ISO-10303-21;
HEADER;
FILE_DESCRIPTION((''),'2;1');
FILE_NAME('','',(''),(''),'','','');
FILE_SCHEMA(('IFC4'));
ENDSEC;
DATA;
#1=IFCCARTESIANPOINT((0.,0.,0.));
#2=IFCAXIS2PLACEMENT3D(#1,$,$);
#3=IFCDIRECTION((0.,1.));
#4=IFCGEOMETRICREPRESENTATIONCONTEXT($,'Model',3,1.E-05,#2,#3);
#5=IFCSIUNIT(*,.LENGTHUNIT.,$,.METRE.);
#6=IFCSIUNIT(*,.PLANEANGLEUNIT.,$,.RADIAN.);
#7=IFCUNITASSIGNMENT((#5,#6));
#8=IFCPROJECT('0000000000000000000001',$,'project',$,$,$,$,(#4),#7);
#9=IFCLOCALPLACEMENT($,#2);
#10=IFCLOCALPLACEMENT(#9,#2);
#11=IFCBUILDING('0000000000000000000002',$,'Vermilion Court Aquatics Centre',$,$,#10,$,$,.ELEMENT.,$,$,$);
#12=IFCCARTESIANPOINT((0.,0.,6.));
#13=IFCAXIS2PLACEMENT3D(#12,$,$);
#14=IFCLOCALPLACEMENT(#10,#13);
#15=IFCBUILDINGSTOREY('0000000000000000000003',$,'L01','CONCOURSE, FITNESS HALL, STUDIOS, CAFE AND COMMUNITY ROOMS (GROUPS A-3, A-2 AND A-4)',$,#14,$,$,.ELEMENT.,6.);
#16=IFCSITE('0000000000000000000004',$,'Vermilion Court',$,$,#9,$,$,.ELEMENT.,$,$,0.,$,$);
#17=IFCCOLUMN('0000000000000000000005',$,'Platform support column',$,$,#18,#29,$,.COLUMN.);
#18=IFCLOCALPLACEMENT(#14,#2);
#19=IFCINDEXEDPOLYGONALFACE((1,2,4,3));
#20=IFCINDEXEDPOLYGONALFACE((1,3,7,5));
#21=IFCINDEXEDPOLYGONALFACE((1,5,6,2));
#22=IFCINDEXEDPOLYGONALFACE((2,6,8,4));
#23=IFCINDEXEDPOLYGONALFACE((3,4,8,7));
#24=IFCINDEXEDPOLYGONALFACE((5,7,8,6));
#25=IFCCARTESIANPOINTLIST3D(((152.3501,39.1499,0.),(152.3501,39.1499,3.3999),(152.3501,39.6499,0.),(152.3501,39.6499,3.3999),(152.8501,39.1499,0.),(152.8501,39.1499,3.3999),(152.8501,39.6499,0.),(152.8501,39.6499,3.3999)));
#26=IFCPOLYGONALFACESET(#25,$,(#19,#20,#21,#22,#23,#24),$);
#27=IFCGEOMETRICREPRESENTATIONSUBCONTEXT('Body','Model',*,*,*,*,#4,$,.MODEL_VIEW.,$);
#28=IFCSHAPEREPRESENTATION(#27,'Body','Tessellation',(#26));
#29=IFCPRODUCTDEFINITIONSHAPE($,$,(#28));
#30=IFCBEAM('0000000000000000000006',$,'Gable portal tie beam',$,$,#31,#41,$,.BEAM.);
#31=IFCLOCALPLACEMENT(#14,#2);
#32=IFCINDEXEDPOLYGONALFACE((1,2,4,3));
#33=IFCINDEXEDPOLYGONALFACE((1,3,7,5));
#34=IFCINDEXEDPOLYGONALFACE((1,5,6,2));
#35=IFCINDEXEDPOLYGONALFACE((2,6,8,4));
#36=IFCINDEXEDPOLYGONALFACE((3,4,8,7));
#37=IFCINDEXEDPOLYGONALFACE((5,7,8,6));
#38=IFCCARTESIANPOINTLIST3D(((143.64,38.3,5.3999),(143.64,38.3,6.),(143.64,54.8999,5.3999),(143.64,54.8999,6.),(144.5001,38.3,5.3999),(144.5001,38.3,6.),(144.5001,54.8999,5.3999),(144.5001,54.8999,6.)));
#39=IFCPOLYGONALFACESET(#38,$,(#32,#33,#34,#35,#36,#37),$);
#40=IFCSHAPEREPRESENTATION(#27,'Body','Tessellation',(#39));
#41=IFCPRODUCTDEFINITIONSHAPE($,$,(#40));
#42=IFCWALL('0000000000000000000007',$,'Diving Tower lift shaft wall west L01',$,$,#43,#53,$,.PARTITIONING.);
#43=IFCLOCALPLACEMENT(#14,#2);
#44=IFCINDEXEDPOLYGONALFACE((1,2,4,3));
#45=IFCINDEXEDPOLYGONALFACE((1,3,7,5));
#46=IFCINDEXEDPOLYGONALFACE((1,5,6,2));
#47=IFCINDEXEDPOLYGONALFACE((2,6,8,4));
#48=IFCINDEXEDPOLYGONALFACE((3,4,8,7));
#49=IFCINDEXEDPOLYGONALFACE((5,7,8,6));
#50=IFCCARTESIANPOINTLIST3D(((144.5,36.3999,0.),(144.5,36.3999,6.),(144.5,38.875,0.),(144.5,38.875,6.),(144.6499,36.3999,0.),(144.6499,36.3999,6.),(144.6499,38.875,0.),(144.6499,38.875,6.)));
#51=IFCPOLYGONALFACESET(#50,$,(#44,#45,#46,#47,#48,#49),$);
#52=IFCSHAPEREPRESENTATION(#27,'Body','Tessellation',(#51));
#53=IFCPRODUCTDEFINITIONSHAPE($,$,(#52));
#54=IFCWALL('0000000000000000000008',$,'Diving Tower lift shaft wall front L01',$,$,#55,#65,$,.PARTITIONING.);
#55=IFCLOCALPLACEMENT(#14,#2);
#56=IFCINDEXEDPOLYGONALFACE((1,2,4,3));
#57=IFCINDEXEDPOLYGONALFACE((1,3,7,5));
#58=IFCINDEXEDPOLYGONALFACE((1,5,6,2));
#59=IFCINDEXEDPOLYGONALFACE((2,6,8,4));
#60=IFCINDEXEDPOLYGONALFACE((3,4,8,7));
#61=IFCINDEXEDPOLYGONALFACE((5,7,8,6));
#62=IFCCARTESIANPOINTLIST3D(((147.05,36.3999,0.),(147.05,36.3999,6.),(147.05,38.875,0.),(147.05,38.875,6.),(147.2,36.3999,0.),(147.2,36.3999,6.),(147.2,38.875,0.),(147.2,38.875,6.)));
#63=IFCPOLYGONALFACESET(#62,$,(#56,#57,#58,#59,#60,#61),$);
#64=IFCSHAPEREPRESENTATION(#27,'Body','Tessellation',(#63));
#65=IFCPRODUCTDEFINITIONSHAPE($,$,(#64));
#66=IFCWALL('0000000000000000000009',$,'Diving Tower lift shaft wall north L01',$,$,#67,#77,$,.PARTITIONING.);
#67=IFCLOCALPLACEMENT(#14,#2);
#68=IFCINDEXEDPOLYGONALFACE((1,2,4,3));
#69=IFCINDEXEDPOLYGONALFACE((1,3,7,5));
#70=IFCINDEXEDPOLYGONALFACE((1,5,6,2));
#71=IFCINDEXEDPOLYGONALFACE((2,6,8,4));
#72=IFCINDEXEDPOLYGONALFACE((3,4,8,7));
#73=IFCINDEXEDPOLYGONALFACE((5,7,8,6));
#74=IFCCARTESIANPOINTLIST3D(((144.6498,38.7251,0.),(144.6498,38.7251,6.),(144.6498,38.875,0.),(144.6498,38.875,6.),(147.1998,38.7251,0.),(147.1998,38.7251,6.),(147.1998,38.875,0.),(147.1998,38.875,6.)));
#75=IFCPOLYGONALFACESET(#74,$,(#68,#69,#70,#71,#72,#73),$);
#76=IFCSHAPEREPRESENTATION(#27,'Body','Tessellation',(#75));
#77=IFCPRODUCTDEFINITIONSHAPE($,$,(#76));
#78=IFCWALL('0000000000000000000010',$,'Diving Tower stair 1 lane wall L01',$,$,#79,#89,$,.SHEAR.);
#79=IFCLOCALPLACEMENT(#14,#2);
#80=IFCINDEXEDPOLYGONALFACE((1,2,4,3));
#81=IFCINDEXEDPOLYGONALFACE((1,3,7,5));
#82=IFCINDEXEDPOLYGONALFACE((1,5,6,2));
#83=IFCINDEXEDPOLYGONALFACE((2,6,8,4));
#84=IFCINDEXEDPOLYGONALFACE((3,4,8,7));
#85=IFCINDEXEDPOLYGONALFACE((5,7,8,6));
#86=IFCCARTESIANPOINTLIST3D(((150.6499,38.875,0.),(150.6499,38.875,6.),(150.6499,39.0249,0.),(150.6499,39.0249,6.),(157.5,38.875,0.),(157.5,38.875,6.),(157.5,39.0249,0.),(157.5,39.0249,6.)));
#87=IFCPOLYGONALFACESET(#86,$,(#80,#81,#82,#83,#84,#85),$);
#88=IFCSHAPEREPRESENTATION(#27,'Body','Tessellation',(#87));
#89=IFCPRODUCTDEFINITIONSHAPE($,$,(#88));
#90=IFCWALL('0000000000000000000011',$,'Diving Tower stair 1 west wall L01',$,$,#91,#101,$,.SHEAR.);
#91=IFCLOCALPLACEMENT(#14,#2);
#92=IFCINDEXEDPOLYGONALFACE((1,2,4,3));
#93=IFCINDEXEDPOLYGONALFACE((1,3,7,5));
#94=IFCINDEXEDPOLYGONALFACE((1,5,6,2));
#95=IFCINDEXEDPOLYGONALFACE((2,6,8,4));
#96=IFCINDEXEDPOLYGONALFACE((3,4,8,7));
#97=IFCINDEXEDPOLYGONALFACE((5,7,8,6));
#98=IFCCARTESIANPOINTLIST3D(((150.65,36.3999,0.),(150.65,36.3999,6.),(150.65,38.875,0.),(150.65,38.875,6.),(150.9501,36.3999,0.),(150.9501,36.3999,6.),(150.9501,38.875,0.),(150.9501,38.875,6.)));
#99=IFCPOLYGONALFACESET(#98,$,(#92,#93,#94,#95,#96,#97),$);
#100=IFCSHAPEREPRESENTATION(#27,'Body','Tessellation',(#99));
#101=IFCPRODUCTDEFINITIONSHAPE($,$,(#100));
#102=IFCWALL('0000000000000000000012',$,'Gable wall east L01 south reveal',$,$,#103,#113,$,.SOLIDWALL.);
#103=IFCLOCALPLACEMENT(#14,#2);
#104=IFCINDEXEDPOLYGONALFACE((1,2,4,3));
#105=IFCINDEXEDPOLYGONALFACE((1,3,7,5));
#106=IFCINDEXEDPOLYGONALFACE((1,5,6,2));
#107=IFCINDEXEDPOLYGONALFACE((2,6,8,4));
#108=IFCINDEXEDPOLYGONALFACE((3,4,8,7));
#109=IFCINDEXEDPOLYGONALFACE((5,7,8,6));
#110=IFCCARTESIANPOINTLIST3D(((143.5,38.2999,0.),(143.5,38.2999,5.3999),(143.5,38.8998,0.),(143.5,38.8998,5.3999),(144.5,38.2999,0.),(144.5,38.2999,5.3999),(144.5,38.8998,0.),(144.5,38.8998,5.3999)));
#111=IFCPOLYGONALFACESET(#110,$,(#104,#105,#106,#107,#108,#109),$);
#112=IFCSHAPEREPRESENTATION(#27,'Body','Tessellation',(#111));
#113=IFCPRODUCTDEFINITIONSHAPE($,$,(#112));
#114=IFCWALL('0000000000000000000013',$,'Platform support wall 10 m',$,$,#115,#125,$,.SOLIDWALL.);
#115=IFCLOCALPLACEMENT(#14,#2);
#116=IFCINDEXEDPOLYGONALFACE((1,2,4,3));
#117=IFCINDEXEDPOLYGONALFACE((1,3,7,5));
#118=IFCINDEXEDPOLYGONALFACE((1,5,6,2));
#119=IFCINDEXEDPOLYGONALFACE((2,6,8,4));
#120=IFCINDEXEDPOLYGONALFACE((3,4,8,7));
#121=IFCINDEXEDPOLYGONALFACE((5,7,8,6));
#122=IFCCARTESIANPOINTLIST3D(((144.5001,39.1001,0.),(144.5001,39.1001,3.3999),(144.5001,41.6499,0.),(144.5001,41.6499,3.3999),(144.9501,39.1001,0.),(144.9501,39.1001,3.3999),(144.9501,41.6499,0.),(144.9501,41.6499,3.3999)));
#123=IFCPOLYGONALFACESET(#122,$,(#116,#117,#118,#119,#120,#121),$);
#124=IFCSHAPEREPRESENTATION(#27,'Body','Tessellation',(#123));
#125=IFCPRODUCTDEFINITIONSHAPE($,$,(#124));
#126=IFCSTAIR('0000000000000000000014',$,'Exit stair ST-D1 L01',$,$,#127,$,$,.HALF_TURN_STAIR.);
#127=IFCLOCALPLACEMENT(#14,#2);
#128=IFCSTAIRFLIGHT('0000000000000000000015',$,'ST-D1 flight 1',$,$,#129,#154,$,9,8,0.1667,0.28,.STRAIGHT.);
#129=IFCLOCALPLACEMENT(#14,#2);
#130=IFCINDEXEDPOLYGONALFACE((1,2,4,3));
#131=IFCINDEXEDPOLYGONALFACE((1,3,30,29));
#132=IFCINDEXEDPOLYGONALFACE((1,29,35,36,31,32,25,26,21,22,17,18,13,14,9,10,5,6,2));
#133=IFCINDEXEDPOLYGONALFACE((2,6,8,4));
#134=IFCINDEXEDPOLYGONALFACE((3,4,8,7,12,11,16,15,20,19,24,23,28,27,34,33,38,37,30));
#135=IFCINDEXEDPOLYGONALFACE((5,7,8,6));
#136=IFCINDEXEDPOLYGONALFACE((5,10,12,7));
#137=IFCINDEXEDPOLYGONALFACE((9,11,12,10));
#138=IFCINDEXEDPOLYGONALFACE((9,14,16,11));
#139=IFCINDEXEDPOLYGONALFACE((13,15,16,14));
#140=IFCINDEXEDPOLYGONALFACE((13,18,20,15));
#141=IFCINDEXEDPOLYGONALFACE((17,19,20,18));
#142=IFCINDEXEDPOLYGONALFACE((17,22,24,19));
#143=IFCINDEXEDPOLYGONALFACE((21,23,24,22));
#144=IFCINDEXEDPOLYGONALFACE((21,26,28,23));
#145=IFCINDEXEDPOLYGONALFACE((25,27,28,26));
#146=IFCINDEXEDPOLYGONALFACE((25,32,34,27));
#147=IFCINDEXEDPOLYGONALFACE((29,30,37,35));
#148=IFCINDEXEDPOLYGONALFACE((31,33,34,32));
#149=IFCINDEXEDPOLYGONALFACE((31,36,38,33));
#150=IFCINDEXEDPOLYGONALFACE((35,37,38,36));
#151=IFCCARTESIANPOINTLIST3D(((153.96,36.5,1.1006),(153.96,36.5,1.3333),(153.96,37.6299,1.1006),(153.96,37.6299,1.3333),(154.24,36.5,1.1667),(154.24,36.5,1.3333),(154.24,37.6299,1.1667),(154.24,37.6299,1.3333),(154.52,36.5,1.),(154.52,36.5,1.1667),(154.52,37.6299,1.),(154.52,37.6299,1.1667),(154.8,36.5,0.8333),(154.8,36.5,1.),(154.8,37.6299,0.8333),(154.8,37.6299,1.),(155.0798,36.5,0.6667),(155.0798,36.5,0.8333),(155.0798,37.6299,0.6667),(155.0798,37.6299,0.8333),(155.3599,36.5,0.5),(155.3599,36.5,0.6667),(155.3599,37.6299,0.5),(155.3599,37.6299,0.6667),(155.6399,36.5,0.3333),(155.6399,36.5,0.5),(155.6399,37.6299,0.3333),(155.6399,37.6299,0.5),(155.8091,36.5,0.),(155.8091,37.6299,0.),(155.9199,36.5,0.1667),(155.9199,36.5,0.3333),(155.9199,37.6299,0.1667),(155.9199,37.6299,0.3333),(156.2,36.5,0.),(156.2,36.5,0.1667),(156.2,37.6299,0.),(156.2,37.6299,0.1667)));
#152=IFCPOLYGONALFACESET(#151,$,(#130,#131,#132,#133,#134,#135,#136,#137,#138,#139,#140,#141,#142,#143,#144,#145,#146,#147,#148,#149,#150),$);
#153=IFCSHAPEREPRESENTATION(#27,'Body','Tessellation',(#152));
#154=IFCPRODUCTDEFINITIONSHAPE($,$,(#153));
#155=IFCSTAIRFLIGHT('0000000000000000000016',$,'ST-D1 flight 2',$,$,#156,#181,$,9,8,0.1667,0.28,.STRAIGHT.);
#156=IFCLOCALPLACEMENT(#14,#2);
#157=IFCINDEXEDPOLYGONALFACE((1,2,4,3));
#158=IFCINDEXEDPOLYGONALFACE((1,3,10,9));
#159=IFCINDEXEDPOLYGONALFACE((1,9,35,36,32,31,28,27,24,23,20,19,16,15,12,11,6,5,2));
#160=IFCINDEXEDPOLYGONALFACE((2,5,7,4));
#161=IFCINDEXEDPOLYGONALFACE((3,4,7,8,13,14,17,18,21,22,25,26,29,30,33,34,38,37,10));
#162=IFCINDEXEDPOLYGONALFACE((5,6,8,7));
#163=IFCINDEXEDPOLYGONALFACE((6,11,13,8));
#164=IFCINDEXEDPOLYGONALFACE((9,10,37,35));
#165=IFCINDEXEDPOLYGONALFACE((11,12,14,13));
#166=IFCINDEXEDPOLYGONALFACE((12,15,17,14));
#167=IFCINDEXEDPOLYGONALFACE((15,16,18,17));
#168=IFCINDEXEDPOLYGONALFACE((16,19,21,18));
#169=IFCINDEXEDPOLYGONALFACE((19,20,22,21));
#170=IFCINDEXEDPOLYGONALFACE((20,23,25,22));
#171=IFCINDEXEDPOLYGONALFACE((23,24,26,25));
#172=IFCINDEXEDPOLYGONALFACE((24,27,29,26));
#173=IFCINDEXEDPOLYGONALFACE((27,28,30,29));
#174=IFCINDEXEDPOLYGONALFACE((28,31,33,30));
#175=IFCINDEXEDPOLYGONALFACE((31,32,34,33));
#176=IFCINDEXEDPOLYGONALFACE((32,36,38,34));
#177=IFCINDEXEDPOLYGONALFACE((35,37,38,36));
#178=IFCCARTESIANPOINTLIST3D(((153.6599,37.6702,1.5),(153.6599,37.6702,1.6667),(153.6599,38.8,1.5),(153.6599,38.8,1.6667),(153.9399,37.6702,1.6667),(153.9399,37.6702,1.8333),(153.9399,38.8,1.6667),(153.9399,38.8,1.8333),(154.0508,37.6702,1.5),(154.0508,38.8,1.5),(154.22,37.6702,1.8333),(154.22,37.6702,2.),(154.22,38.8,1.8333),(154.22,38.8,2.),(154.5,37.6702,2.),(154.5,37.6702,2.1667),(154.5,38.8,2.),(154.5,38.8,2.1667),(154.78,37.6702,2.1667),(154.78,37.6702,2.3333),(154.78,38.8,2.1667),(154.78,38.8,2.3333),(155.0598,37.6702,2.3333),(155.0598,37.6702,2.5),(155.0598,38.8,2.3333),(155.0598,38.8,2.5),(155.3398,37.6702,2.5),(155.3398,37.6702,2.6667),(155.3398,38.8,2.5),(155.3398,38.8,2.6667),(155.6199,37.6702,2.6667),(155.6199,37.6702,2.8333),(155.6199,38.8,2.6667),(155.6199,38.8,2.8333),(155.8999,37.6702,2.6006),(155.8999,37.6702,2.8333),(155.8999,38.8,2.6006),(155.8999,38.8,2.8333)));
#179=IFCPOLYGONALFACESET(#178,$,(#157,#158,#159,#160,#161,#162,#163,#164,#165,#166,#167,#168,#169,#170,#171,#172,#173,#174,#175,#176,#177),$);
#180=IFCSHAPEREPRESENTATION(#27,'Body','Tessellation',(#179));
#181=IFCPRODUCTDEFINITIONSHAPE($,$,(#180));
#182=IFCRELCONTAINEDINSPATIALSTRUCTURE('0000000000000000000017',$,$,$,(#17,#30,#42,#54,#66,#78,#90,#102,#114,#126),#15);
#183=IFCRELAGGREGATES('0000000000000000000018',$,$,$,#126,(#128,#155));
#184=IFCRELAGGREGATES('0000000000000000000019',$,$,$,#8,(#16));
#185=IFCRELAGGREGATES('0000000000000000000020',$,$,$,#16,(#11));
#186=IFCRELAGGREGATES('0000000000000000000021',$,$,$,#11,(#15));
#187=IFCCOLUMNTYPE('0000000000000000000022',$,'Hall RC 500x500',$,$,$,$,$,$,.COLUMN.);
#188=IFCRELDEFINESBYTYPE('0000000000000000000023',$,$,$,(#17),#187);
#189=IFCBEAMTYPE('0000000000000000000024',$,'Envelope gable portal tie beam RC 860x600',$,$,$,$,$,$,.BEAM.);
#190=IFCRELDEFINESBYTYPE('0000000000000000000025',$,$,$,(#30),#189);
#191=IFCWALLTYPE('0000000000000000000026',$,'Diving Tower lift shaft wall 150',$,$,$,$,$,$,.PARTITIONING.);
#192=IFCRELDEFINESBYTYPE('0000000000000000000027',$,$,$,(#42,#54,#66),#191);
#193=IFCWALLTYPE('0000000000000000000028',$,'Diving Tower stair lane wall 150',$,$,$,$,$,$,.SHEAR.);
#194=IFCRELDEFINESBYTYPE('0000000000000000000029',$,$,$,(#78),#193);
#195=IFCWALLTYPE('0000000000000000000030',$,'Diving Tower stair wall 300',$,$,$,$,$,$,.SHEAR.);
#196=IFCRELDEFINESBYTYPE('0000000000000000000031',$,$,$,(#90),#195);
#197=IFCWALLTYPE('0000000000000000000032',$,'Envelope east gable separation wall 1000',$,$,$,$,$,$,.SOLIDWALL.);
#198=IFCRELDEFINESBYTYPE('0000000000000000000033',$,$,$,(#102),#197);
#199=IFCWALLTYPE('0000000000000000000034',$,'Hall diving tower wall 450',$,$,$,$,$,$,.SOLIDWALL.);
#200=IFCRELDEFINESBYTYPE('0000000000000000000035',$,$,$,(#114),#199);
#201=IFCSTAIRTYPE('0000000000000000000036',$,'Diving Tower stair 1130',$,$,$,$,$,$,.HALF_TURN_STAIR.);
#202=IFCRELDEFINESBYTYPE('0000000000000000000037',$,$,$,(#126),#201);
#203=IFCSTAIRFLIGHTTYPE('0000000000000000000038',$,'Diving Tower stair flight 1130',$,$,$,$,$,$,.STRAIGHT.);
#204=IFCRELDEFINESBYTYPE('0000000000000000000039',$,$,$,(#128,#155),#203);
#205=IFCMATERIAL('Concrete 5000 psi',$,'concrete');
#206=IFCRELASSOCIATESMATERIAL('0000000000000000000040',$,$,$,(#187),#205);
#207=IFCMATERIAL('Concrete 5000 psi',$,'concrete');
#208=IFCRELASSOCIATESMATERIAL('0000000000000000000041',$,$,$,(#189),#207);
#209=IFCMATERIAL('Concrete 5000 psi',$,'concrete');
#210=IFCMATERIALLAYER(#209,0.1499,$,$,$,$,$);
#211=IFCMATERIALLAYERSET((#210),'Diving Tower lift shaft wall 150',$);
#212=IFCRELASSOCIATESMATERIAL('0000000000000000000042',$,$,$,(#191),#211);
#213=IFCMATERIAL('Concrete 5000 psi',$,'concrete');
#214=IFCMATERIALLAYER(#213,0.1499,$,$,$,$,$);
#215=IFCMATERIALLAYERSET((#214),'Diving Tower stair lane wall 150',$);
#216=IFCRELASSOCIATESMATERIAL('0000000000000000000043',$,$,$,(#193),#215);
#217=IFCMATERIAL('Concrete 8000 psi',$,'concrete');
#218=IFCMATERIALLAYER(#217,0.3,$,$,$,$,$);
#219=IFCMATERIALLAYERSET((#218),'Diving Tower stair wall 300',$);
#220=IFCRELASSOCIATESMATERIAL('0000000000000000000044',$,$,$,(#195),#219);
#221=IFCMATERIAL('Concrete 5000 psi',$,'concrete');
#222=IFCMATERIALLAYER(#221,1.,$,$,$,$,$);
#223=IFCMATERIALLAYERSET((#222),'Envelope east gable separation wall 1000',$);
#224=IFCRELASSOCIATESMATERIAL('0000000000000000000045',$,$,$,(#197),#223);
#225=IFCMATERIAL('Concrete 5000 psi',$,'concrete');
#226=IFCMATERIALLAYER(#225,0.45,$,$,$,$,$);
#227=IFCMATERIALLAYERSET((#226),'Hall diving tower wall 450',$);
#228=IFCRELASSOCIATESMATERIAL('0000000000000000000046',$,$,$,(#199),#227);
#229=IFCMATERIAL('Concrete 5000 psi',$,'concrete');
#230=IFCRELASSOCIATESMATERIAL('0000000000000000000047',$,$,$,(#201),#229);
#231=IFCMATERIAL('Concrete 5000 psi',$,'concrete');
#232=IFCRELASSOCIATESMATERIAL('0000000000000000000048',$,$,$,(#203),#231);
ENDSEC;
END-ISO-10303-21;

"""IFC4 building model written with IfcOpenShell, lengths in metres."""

from ifc_helpers import new_model, si_unit, direction, frame, frame_2d, origin, origin_2d, place, context, subcontext, project, spatial, polyline, rectangle, outline, extrude, material, layer, layer_set, material_profile, profile_set, type_object, element, aggregate, save


model = new_model("IFC4")

# Units and contexts
model_context = context("Model", 3, precision=1e-05, world=origin(), true_north=direction((0.0, 1.0)))
body_context = subcontext(model_context, "Body", "Model", "MODEL_VIEW")
ifc_project = project(units=[si_unit("LENGTHUNIT", "METRE"), si_unit("PLANEANGLEUNIT", "RADIAN")], contexts=[model_context])

# Site, building, storey
site_placement = place(None, origin())
site = spatial("IfcSite", under=ifc_project, at=site_placement, Name="Vermilion Court", CompositionType="ELEMENT", RefElevation=0.0)
building_placement = place(site_placement, origin())
building = spatial("IfcBuilding", under=site, at=building_placement, Name="Vermilion Court Aquatics Centre", CompositionType="ELEMENT")
storey_placement = place(building_placement, frame((0.0, 0.0, 6.0)))
storey = spatial("IfcBuildingStorey", under=building, at=storey_placement, Name="L01", Description="CONCOURSE, FITNESS HALL, STUDIOS, CAFE AND COMMUNITY ROOMS (GROUPS A-3, A-2 AND A-4)", CompositionType="ELEMENT", Elevation=6.0)

# Column
ifc_material_1 = material(Name="Concrete 5000 psi", Category="concrete")
ifc_material_profile_1 = material_profile(ifc_material_1, rectangle(XDim=0.5, YDim=0.5, at=origin_2d()), Name="RC 500x500")
ifc_profile_set_1 = profile_set([ifc_material_profile_1], Name="Concrete 5000 psi")
column_type = type_object("IfcColumnType", Name="Hall RC 500x500", PredefinedType="COLUMN", material=ifc_profile_set_1)
column_placement = place(storey_placement, frame((152.6001, 39.3999, 0.0), z_axis=(0.0, 0.0, 1.0), x_axis=(1.0, 0.0, 0.0)))
element("IfcColumn", 1, at=column_placement, inside=storey, type_object=column_type, Name="Platform support column", PredefinedType="COLUMN", context=body_context, shape_type="SweptSolid", body=[
    extrude(rectangle(XDim=0.5, YDim=0.5, at=origin_2d()), origin(), (0.0, 0.0, 1.0), 3.3999),
])

# Beam
ifc_material_2 = material(Name="Concrete 5000 psi", Category="concrete")
ifc_material_profile_2 = material_profile(ifc_material_2, rectangle(XDim=0.8601, YDim=0.6001, at=origin_2d()), Name="RC 860x600")
ifc_profile_set_2 = profile_set([ifc_material_profile_2], Name="Concrete 5000 psi")
beam_type = type_object("IfcBeamType", Name="Envelope gable portal tie beam RC 860x600", PredefinedType="BEAM", material=ifc_profile_set_2)
beam_placement = place(storey_placement, frame((144.0701, 38.3, 5.7), z_axis=(0.0, 1.0, 0.0), x_axis=(-1.0, 0.0, 0.0)))
element("IfcBeam", 2, at=beam_placement, inside=storey, type_object=beam_type, Name="Gable portal tie beam", PredefinedType="BEAM", context=body_context, shape_type="SweptSolid", body=[
    extrude(rectangle(XDim=0.8601, YDim=0.6001, at=origin_2d()), origin(), (0.0, 0.0, 1.0), 16.5999),
])

# Walls
ifc_material_3 = material(Name="Concrete 5000 psi", Category="concrete")
ifc_layer_1 = layer(ifc_material_3, 0.1499)
ifc_layer_set_1 = layer_set([ifc_layer_1], Name="Diving Tower lift shaft wall 150")
wall_type_1 = type_object("IfcWallType", Name="Diving Tower lift shaft wall 150", PredefinedType="PARTITIONING", material=ifc_layer_set_1)
for number, where, z_axis, x_axis, name in (
    (3, (144.575, 36.3999, 0.0), (0.0, 0.0, 1.0), (0.0, 1.0, 0.0), "Diving Tower lift shaft wall west L01"),
    (4, (147.125, 36.3999, 0.0), (0.0, 0.0, 1.0), (0.0, 1.0, 0.0), "Diving Tower lift shaft wall front L01"),
):
    element("IfcWall", number, at=place(storey_placement, frame(where, z_axis=z_axis, x_axis=x_axis)), inside=storey, type_object=wall_type_1, Name=name, PredefinedType="PARTITIONING", context=body_context, shape_type="SweptSolid", body=[
        extrude(rectangle(XDim=2.4751, YDim=0.1499, at=frame_2d((1.2375, 0.0))), origin(), (0.0, 0.0, 1.0), 6.0),
    ])
wall_1_placement = place(storey_placement, frame((144.6499, 38.8, 0.0), z_axis=(0.0, 0.0, 1.0), x_axis=(1.0, 0.0, 0.0)))
element("IfcWall", 5, at=wall_1_placement, inside=storey, type_object=wall_type_1, Name="Diving Tower lift shaft wall north L01", PredefinedType="PARTITIONING", context=body_context, shape_type="SweptSolid", body=[
    extrude(rectangle(XDim=2.55, YDim=0.1499, at=frame_2d((1.2749, 0.0))), origin(), (0.0, 0.0, 1.0), 6.0),
])
ifc_material_4 = material(Name="Concrete 5000 psi", Category="concrete")
ifc_layer_2 = layer(ifc_material_4, 0.1499)
ifc_layer_set_2 = layer_set([ifc_layer_2], Name="Diving Tower stair lane wall 150")
wall_type_2 = type_object("IfcWallType", Name="Diving Tower stair lane wall 150", PredefinedType="SHEAR", material=ifc_layer_set_2)
wall_2_placement = place(storey_placement, frame((150.6499, 38.95, 0.0), z_axis=(0.0, 0.0, 1.0), x_axis=(1.0, 0.0, 0.0)))
element("IfcWall", 6, at=wall_2_placement, inside=storey, type_object=wall_type_2, Name="Diving Tower stair 1 lane wall L01", PredefinedType="SHEAR", context=body_context, shape_type="SweptSolid", body=[
    extrude(rectangle(XDim=6.8501, YDim=0.1499, at=frame_2d((3.425, 0.0))), origin(), (0.0, 0.0, 1.0), 6.0),
])
ifc_material_5 = material(Name="Concrete 8000 psi", Category="concrete")
ifc_layer_3 = layer(ifc_material_5, 0.3)
ifc_layer_set_3 = layer_set([ifc_layer_3], Name="Diving Tower stair wall 300")
wall_type_3 = type_object("IfcWallType", Name="Diving Tower stair wall 300", PredefinedType="SHEAR", material=ifc_layer_set_3)
wall_3_placement = place(storey_placement, frame((150.8, 36.3999, 0.0), z_axis=(0.0, 0.0, 1.0), x_axis=(0.0, 1.0, 0.0)))
element("IfcWall", 7, at=wall_3_placement, inside=storey, type_object=wall_type_3, Name="Diving Tower stair 1 west wall L01", PredefinedType="SHEAR", context=body_context, shape_type="SweptSolid", body=[
    extrude(rectangle(XDim=2.4751, YDim=0.3, at=frame_2d((1.2375, 0.0))), origin(), (0.0, 0.0, 1.0), 6.0),
])
ifc_material_6 = material(Name="Concrete 5000 psi", Category="concrete")
ifc_layer_4 = layer(ifc_material_6, 1.0)
ifc_layer_set_4 = layer_set([ifc_layer_4], Name="Envelope east gable separation wall 1000")
wall_type_4 = type_object("IfcWallType", Name="Envelope east gable separation wall 1000", PredefinedType="SOLIDWALL", material=ifc_layer_set_4)
wall_4_placement = place(storey_placement, frame((144.0, 38.3, 0.0), z_axis=(0.0, 0.0, 1.0), x_axis=(0.0, 1.0, 0.0)))
element("IfcWall", 8, at=wall_4_placement, inside=storey, type_object=wall_type_4, Name="Gable wall east L01 south reveal", PredefinedType="SOLIDWALL", context=body_context, shape_type="SweptSolid", body=[
    extrude(rectangle(XDim=0.5999, YDim=1.0, at=frame_2d((0.2998, 0.0))), origin(), (0.0, 0.0, 1.0), 5.3999),
])
ifc_material_7 = material(Name="Concrete 5000 psi", Category="concrete")
ifc_layer_5 = layer(ifc_material_7, 0.45)
ifc_layer_set_5 = layer_set([ifc_layer_5], Name="Hall diving tower wall 450")
wall_type_5 = type_object("IfcWallType", Name="Hall diving tower wall 450", PredefinedType="SOLIDWALL", material=ifc_layer_set_5)
wall_5_placement = place(storey_placement, frame((144.7251, 39.1001, 0.0), z_axis=(0.0, 0.0, 1.0), x_axis=(0.0, 1.0, 0.0)))
element("IfcWall", 9, at=wall_5_placement, inside=storey, type_object=wall_type_5, Name="Platform support wall 10 m", PredefinedType="SOLIDWALL", context=body_context, shape_type="SweptSolid", body=[
    extrude(rectangle(XDim=2.5498, YDim=0.45, at=frame_2d((1.2749, 0.0))), origin(), (0.0, 0.0, 1.0), 3.3999),
])

# Stair, stair flights
ifc_material_8 = material(Name="Concrete 5000 psi", Category="concrete")
stair_type = type_object("IfcStairType", Name="Diving Tower stair 1130", PredefinedType="HALF_TURN_STAIR", material=ifc_material_8)
stair_placement = place(storey_placement, origin())
stair = element("IfcStair", 10, at=stair_placement, inside=storey, type_object=stair_type, Name="Exit stair ST-D1 L01", PredefinedType="HALF_TURN_STAIR")
ifc_material_9 = material(Name="Concrete 5000 psi", Category="concrete")
stair_flight_type = type_object("IfcStairFlightType", Name="Diving Tower stair flight 1130", PredefinedType="STRAIGHT", material=ifc_material_9)
stair_flight_1_placement = place(storey_placement, frame((156.2, 37.0649, 0.0), z_axis=(0.0, 0.0, 1.0), x_axis=(-1.0, 0.0, 0.0)))
stair_flight_1 = element("IfcStairFlight", 11, at=stair_flight_1_placement, type_object=stair_flight_type, Name="ST-D1 flight 1", NumberOfRisers=9, NumberOfTreads=8, PredefinedType="STRAIGHT", RiserHeight=0.1667, TreadLength=0.28, context=body_context, shape_type="SweptSolid", body=[
    extrude(outline(polyline([(0.0, 0.0), (0.0, 0.1667), (0.28, 0.1667), (0.28, 0.3333), (0.5601, 0.3333), (0.5601, 0.5), (0.8401, 0.5), (0.8401, 0.6667), (1.1201, 0.6667), (1.1201, 0.8333), (1.3999, 0.8333), (1.3999, 1.0), (1.6799, 1.0), (1.6799, 1.1667), (1.96, 1.1667), (1.96, 1.3333), (2.24, 1.3333), (2.24, 1.5), (2.24, 1.1006), (0.3909, 0.0), (0.0, 0.0)])), frame((0.0, 0.5649, 0.0), z_axis=(0.0, -1.0, 0.0), x_axis=(1.0, 0.0, 0.0)), (0.0, 0.0, 1.0), 1.1299),
])
stair_flight_2_placement = place(storey_placement, frame((153.6599, 38.2351, 1.5), z_axis=(0.0, 0.0, 1.0), x_axis=(1.0, 0.0, 0.0)))
stair_flight_2 = element("IfcStairFlight", 12, at=stair_flight_2_placement, type_object=stair_flight_type, Name="ST-D1 flight 2", NumberOfRisers=9, NumberOfTreads=8, PredefinedType="STRAIGHT", RiserHeight=0.1667, TreadLength=0.28, context=body_context, shape_type="SweptSolid", body=[
    extrude(outline(polyline([(0.0, 0.0), (0.0, 0.1667), (0.28, 0.1667), (0.28, 0.3333), (0.5601, 0.3333), (0.5601, 0.5), (0.8401, 0.5), (0.8401, 0.6667), (1.1201, 0.6667), (1.1201, 0.8333), (1.3999, 0.8333), (1.3999, 1.0), (1.6799, 1.0), (1.6799, 1.1667), (1.96, 1.1667), (1.96, 1.3333), (2.24, 1.3333), (2.24, 1.5), (2.24, 1.1006), (0.3909, 0.0), (0.0, 0.0)])), frame((0.0, 0.5649, 0.0), z_axis=(0.0, -1.0, 0.0), x_axis=(1.0, 0.0, 0.0)), (0.0, 0.0, 1.0), 1.1299),
])
aggregate(stair, [stair_flight_1, stair_flight_2])

save(model, "model.ifc")
